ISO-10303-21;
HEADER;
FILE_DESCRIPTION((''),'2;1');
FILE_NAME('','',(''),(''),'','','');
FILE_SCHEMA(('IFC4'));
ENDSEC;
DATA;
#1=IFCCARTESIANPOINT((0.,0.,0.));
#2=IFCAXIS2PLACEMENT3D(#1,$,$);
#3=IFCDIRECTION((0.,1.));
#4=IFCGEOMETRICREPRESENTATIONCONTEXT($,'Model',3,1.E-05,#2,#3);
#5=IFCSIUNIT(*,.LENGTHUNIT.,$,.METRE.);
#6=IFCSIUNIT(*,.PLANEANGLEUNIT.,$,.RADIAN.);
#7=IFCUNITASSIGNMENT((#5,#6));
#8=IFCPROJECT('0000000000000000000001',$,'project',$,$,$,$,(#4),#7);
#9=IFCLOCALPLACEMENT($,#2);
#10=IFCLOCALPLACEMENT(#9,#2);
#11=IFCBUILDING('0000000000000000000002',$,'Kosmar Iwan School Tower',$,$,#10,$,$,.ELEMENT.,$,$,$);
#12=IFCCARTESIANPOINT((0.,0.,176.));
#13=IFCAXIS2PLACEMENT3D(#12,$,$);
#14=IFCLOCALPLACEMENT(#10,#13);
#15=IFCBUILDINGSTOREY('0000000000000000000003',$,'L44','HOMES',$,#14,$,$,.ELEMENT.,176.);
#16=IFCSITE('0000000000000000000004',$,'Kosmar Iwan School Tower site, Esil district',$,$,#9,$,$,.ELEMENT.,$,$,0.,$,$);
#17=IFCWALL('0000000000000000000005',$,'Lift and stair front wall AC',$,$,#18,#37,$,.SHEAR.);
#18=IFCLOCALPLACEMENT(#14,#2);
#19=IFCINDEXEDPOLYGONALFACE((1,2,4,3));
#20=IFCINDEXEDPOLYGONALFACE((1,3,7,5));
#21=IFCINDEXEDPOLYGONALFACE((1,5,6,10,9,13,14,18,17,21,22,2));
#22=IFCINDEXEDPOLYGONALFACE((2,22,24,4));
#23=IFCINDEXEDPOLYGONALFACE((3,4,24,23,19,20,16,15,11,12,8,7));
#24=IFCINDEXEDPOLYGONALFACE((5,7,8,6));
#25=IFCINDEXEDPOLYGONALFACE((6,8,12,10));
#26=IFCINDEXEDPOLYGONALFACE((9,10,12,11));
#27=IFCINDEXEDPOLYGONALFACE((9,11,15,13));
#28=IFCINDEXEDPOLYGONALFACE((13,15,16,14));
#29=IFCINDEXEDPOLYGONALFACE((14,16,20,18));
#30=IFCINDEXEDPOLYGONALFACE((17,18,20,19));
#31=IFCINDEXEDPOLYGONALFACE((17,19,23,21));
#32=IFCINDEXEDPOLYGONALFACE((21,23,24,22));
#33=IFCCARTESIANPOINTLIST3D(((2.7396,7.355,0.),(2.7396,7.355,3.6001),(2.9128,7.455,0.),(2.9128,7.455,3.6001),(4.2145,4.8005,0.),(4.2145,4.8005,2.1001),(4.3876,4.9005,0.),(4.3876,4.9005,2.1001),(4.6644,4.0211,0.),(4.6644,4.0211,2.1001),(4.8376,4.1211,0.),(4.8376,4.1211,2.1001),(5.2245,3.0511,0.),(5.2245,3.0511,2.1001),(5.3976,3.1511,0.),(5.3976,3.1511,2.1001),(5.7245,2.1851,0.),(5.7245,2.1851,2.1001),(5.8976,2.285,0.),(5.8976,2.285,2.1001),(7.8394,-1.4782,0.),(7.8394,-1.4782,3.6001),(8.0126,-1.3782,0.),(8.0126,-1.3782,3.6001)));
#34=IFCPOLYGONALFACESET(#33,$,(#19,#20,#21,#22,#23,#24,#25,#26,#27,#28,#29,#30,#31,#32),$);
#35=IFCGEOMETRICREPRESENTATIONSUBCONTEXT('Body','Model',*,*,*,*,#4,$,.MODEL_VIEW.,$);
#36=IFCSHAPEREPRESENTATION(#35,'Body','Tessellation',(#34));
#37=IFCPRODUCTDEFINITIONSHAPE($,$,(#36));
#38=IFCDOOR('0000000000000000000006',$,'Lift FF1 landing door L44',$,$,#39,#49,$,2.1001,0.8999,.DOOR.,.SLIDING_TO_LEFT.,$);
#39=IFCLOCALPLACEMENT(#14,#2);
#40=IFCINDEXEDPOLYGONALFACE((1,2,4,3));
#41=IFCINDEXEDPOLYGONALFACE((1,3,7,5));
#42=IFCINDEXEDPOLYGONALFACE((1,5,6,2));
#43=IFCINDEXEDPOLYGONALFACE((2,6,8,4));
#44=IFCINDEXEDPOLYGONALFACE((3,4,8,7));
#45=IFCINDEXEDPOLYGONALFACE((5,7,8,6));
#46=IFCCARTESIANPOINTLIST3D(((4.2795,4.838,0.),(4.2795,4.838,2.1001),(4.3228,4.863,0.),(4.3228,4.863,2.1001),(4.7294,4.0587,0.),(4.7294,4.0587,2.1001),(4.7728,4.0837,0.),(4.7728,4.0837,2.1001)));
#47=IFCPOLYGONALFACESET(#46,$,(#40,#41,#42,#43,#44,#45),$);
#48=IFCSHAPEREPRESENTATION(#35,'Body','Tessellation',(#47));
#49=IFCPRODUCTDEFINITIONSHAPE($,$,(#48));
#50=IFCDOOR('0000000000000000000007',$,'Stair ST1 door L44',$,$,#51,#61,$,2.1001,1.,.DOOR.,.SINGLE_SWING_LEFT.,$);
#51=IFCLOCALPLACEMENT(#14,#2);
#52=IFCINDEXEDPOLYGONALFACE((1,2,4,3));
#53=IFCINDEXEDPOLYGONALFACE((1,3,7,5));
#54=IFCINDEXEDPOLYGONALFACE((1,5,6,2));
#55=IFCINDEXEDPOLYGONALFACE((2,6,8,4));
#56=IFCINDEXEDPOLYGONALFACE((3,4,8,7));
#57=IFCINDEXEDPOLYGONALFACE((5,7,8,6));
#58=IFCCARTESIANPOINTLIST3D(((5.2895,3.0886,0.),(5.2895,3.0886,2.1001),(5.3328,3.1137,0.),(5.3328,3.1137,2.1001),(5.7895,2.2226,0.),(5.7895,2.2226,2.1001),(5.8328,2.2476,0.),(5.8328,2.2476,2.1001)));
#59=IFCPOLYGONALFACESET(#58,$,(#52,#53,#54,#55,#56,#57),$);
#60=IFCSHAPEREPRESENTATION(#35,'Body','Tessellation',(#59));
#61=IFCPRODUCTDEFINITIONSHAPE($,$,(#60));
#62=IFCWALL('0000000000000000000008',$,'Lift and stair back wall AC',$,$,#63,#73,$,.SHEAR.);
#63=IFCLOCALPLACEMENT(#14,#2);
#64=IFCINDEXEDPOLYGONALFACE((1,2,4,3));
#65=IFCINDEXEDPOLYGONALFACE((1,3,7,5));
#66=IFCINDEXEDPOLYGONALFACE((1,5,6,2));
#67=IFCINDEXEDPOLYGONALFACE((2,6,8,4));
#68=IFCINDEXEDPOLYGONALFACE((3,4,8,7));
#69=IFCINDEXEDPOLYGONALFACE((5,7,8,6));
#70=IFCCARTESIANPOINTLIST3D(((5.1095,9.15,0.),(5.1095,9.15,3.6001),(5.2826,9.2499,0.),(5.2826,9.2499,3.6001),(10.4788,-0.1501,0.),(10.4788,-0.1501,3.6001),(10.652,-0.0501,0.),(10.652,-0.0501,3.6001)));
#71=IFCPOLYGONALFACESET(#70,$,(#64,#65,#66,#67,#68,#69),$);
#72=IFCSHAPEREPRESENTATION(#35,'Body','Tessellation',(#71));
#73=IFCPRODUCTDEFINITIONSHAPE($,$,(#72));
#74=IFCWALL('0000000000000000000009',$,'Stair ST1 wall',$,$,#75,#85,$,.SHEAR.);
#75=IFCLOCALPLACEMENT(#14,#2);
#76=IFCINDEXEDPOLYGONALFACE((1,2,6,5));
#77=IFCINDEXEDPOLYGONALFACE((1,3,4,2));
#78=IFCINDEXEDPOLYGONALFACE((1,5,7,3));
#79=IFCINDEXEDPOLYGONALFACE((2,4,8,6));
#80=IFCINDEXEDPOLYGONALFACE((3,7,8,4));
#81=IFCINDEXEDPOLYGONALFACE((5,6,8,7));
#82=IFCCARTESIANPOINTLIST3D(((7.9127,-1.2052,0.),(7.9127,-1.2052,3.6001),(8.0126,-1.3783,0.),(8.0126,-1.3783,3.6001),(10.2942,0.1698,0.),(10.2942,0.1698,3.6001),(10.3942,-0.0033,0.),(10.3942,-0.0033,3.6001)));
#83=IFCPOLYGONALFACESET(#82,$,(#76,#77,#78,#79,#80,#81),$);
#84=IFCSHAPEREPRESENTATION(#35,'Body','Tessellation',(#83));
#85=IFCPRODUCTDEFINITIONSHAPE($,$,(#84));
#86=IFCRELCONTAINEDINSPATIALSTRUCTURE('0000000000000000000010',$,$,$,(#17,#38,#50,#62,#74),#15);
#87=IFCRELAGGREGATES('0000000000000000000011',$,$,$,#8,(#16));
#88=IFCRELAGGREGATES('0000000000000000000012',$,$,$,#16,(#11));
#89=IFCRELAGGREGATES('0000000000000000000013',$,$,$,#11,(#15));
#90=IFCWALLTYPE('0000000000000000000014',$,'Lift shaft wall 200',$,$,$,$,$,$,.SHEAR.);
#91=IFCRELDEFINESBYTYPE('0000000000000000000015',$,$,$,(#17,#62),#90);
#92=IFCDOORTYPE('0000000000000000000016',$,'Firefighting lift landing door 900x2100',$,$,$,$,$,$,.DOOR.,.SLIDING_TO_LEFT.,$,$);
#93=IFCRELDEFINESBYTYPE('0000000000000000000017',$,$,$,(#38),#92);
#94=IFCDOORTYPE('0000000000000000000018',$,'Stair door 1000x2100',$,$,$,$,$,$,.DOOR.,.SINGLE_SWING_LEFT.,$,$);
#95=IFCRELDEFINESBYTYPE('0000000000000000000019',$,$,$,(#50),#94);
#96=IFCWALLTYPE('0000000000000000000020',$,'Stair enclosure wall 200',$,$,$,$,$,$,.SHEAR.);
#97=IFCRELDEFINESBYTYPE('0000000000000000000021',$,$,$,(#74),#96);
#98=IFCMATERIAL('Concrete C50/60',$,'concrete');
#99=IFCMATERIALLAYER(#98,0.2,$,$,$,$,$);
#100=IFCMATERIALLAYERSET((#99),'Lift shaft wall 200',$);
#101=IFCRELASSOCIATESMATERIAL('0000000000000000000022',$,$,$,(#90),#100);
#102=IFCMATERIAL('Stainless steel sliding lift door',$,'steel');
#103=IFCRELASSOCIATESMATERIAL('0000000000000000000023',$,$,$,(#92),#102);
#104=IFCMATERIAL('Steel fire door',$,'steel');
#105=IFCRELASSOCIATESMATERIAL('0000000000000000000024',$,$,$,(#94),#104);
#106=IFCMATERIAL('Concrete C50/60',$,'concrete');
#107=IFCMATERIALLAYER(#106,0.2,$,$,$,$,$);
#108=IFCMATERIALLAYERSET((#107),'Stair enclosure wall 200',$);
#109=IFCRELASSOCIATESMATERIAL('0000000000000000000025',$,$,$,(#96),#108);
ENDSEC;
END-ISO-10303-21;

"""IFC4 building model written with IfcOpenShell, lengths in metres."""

from ifc_helpers import new_model, si_unit, direction, frame, frame_2d, origin, place, context, subcontext, project, spatial, rectangle, extrude, material, layer, layer_set, type_object, element, fill, save


model = new_model("IFC4")

# Units and contexts
model_context = context("Model", 3, precision=1e-05, world=origin(), true_north=direction((0.0, 1.0)))
body_context = subcontext(model_context, "Body", "Model", "MODEL_VIEW")
ifc_project = project(units=[si_unit("LENGTHUNIT", "METRE"), si_unit("PLANEANGLEUNIT", "RADIAN")], contexts=[model_context])

# Site, building, storey
site_placement = place(None, origin())
site = spatial("IfcSite", under=ifc_project, at=site_placement, Name="Kosmar Iwan School Tower site, Esil district", CompositionType="ELEMENT", RefElevation=0.0)
building_placement = place(site_placement, origin())
building = spatial("IfcBuilding", under=site, at=building_placement, Name="Kosmar Iwan School Tower", CompositionType="ELEMENT")
storey_placement = place(building_placement, frame((0.0, 0.0, 176.0)))
storey = spatial("IfcBuildingStorey", under=building, at=storey_placement, Name="L44", Description="HOMES", CompositionType="ELEMENT", Elevation=176.0)

# Wall, openings, doors
ifc_material_1 = material(Name="Concrete C50/60", Category="concrete")
ifc_layer_1 = layer(ifc_material_1, 0.2)
ifc_layer_set_1 = layer_set([ifc_layer_1], Name="Lift shaft wall 200")
wall_type_1 = type_object("IfcWallType", Name="Lift shaft wall 200", PredefinedType="SHEAR", material=ifc_layer_set_1)
wall_1_placement = place(storey_placement, frame((7.926, -1.4282, 0.0), z_axis=(0.0, 0.0, 1.0), x_axis=(-0.499998, 0.866027, 0.0)))
wall_1 = element("IfcWall", 1, at=wall_1_placement, inside=storey, type_object=wall_type_1, Name="Lift and stair front wall AC", PredefinedType="SHEAR", context=body_context, shape_type="SweptSolid", body=[
    extrude(rectangle(XDim=10.1997, YDim=0.2, at=frame_2d((5.0999, 0.0))), origin(), (0.0, 0.0, 1.0), 3.6001),
])
opening_1_placement = place(wall_1_placement, frame((6.3501, 0.0, 0.0)))
opening_1 = element("IfcOpeningElement", 2, at=opening_1_placement, cuts=wall_1, PredefinedType="OPENING", context=body_context, shape_type="SweptSolid", body=[
    extrude(rectangle(XDim=0.8999, YDim=2.1001, at=frame_2d((0.45, 1.05))), frame((0.0, 0.1121, 0.0), z_axis=(0.0, -1.0, 0.0), x_axis=(1.0, 0.0, 0.0)), (0.0, 0.0, 1.0), 0.2239),
])
opening_2_placement = place(wall_1_placement, frame((4.23, 0.0, 0.0)))
opening_2 = element("IfcOpeningElement", 3, at=opening_2_placement, cuts=wall_1, PredefinedType="OPENING", context=body_context, shape_type="SweptSolid", body=[
    extrude(rectangle(XDim=1.0, YDim=2.1001, at=frame_2d((0.5, 1.05))), frame((0.0, 0.1121, 0.0), z_axis=(0.0, -1.0, 0.0), x_axis=(1.0, 0.0, 0.0)), (0.0, 0.0, 1.0), 0.2239),
])
ifc_material_2 = material(Name="Stainless steel sliding lift door", Category="steel")
door_type_1 = type_object("IfcDoorType", Name="Firefighting lift landing door 900x2100", OperationType="SLIDING_TO_LEFT", PredefinedType="DOOR", material=ifc_material_2)
door_1_placement = place(opening_1_placement, origin())
door_1 = element("IfcDoor", 4, at=door_1_placement, inside=storey, type_object=door_type_1, Name="Lift FF1 landing door L44", OperationType="SLIDING_TO_LEFT", OverallHeight=2.1001, OverallWidth=0.8999, PredefinedType="DOOR", context=body_context, shape_type="SweptSolid", body=[
    extrude(rectangle(XDim=0.8999, YDim=2.1001, at=frame_2d((0.45, 1.05))), frame((0.0, 0.0249, 0.0), z_axis=(0.0, -1.0, 0.0), x_axis=(1.0, 0.0, 0.0)), (0.0, 0.0, 1.0), 0.05),
])
fill(opening_1, door_1)
ifc_material_3 = material(Name="Steel fire door", Category="steel")
door_type_2 = type_object("IfcDoorType", Name="Stair door 1000x2100", OperationType="SINGLE_SWING_LEFT", PredefinedType="DOOR", material=ifc_material_3)
door_2_placement = place(opening_2_placement, origin())
door_2 = element("IfcDoor", 5, at=door_2_placement, inside=storey, type_object=door_type_2, Name="Stair ST1 door L44", OperationType="SINGLE_SWING_LEFT", OverallHeight=2.1001, OverallWidth=1.0, PredefinedType="DOOR", context=body_context, shape_type="SweptSolid", body=[
    extrude(rectangle(XDim=1.0, YDim=2.1001, at=frame_2d((0.5, 1.05))), frame((0.0, 0.0249, 0.0), z_axis=(0.0, -1.0, 0.0), x_axis=(1.0, 0.0, 0.0)), (0.0, 0.0, 1.0), 0.05),
])
fill(opening_2, door_2)

# Walls
wall_2_placement = place(storey_placement, frame((10.5654, -0.1001, 0.0), z_axis=(0.0, 0.0, 1.0), x_axis=(-0.5, 0.866025, 0.0)))
element("IfcWall", 6, at=wall_2_placement, inside=storey, type_object=wall_type_1, Name="Lift and stair back wall AC", PredefinedType="SHEAR", context=body_context, shape_type="SweptSolid", body=[
    extrude(rectangle(XDim=10.7388, YDim=0.2, at=frame_2d((5.3694, 0.0))), origin(), (0.0, 0.0, 1.0), 3.6001),
])
ifc_material_4 = material(Name="Concrete C50/60", Category="concrete")
ifc_layer_2 = layer(ifc_material_4, 0.2)
ifc_layer_set_2 = layer_set([ifc_layer_2], Name="Stair enclosure wall 200")
wall_type_2 = type_object("IfcWallType", Name="Stair enclosure wall 200", PredefinedType="SHEAR", material=ifc_layer_set_2)
wall_3_placement = place(storey_placement, frame((7.9626, -1.2917, 0.0), z_axis=(0.0, 0.0, 1.0), x_axis=(0.866027, 0.499997, 0.0)))
element("IfcWall", 7, at=wall_3_placement, inside=storey, type_object=wall_type_2, Name="Stair ST1 wall", PredefinedType="SHEAR", context=body_context, shape_type="SweptSolid", body=[
    extrude(rectangle(XDim=2.75, YDim=0.2, at=frame_2d((1.375, 0.0))), origin(), (0.0, 0.0, 1.0), 3.6001),
])

save(model, "model.ifc")
